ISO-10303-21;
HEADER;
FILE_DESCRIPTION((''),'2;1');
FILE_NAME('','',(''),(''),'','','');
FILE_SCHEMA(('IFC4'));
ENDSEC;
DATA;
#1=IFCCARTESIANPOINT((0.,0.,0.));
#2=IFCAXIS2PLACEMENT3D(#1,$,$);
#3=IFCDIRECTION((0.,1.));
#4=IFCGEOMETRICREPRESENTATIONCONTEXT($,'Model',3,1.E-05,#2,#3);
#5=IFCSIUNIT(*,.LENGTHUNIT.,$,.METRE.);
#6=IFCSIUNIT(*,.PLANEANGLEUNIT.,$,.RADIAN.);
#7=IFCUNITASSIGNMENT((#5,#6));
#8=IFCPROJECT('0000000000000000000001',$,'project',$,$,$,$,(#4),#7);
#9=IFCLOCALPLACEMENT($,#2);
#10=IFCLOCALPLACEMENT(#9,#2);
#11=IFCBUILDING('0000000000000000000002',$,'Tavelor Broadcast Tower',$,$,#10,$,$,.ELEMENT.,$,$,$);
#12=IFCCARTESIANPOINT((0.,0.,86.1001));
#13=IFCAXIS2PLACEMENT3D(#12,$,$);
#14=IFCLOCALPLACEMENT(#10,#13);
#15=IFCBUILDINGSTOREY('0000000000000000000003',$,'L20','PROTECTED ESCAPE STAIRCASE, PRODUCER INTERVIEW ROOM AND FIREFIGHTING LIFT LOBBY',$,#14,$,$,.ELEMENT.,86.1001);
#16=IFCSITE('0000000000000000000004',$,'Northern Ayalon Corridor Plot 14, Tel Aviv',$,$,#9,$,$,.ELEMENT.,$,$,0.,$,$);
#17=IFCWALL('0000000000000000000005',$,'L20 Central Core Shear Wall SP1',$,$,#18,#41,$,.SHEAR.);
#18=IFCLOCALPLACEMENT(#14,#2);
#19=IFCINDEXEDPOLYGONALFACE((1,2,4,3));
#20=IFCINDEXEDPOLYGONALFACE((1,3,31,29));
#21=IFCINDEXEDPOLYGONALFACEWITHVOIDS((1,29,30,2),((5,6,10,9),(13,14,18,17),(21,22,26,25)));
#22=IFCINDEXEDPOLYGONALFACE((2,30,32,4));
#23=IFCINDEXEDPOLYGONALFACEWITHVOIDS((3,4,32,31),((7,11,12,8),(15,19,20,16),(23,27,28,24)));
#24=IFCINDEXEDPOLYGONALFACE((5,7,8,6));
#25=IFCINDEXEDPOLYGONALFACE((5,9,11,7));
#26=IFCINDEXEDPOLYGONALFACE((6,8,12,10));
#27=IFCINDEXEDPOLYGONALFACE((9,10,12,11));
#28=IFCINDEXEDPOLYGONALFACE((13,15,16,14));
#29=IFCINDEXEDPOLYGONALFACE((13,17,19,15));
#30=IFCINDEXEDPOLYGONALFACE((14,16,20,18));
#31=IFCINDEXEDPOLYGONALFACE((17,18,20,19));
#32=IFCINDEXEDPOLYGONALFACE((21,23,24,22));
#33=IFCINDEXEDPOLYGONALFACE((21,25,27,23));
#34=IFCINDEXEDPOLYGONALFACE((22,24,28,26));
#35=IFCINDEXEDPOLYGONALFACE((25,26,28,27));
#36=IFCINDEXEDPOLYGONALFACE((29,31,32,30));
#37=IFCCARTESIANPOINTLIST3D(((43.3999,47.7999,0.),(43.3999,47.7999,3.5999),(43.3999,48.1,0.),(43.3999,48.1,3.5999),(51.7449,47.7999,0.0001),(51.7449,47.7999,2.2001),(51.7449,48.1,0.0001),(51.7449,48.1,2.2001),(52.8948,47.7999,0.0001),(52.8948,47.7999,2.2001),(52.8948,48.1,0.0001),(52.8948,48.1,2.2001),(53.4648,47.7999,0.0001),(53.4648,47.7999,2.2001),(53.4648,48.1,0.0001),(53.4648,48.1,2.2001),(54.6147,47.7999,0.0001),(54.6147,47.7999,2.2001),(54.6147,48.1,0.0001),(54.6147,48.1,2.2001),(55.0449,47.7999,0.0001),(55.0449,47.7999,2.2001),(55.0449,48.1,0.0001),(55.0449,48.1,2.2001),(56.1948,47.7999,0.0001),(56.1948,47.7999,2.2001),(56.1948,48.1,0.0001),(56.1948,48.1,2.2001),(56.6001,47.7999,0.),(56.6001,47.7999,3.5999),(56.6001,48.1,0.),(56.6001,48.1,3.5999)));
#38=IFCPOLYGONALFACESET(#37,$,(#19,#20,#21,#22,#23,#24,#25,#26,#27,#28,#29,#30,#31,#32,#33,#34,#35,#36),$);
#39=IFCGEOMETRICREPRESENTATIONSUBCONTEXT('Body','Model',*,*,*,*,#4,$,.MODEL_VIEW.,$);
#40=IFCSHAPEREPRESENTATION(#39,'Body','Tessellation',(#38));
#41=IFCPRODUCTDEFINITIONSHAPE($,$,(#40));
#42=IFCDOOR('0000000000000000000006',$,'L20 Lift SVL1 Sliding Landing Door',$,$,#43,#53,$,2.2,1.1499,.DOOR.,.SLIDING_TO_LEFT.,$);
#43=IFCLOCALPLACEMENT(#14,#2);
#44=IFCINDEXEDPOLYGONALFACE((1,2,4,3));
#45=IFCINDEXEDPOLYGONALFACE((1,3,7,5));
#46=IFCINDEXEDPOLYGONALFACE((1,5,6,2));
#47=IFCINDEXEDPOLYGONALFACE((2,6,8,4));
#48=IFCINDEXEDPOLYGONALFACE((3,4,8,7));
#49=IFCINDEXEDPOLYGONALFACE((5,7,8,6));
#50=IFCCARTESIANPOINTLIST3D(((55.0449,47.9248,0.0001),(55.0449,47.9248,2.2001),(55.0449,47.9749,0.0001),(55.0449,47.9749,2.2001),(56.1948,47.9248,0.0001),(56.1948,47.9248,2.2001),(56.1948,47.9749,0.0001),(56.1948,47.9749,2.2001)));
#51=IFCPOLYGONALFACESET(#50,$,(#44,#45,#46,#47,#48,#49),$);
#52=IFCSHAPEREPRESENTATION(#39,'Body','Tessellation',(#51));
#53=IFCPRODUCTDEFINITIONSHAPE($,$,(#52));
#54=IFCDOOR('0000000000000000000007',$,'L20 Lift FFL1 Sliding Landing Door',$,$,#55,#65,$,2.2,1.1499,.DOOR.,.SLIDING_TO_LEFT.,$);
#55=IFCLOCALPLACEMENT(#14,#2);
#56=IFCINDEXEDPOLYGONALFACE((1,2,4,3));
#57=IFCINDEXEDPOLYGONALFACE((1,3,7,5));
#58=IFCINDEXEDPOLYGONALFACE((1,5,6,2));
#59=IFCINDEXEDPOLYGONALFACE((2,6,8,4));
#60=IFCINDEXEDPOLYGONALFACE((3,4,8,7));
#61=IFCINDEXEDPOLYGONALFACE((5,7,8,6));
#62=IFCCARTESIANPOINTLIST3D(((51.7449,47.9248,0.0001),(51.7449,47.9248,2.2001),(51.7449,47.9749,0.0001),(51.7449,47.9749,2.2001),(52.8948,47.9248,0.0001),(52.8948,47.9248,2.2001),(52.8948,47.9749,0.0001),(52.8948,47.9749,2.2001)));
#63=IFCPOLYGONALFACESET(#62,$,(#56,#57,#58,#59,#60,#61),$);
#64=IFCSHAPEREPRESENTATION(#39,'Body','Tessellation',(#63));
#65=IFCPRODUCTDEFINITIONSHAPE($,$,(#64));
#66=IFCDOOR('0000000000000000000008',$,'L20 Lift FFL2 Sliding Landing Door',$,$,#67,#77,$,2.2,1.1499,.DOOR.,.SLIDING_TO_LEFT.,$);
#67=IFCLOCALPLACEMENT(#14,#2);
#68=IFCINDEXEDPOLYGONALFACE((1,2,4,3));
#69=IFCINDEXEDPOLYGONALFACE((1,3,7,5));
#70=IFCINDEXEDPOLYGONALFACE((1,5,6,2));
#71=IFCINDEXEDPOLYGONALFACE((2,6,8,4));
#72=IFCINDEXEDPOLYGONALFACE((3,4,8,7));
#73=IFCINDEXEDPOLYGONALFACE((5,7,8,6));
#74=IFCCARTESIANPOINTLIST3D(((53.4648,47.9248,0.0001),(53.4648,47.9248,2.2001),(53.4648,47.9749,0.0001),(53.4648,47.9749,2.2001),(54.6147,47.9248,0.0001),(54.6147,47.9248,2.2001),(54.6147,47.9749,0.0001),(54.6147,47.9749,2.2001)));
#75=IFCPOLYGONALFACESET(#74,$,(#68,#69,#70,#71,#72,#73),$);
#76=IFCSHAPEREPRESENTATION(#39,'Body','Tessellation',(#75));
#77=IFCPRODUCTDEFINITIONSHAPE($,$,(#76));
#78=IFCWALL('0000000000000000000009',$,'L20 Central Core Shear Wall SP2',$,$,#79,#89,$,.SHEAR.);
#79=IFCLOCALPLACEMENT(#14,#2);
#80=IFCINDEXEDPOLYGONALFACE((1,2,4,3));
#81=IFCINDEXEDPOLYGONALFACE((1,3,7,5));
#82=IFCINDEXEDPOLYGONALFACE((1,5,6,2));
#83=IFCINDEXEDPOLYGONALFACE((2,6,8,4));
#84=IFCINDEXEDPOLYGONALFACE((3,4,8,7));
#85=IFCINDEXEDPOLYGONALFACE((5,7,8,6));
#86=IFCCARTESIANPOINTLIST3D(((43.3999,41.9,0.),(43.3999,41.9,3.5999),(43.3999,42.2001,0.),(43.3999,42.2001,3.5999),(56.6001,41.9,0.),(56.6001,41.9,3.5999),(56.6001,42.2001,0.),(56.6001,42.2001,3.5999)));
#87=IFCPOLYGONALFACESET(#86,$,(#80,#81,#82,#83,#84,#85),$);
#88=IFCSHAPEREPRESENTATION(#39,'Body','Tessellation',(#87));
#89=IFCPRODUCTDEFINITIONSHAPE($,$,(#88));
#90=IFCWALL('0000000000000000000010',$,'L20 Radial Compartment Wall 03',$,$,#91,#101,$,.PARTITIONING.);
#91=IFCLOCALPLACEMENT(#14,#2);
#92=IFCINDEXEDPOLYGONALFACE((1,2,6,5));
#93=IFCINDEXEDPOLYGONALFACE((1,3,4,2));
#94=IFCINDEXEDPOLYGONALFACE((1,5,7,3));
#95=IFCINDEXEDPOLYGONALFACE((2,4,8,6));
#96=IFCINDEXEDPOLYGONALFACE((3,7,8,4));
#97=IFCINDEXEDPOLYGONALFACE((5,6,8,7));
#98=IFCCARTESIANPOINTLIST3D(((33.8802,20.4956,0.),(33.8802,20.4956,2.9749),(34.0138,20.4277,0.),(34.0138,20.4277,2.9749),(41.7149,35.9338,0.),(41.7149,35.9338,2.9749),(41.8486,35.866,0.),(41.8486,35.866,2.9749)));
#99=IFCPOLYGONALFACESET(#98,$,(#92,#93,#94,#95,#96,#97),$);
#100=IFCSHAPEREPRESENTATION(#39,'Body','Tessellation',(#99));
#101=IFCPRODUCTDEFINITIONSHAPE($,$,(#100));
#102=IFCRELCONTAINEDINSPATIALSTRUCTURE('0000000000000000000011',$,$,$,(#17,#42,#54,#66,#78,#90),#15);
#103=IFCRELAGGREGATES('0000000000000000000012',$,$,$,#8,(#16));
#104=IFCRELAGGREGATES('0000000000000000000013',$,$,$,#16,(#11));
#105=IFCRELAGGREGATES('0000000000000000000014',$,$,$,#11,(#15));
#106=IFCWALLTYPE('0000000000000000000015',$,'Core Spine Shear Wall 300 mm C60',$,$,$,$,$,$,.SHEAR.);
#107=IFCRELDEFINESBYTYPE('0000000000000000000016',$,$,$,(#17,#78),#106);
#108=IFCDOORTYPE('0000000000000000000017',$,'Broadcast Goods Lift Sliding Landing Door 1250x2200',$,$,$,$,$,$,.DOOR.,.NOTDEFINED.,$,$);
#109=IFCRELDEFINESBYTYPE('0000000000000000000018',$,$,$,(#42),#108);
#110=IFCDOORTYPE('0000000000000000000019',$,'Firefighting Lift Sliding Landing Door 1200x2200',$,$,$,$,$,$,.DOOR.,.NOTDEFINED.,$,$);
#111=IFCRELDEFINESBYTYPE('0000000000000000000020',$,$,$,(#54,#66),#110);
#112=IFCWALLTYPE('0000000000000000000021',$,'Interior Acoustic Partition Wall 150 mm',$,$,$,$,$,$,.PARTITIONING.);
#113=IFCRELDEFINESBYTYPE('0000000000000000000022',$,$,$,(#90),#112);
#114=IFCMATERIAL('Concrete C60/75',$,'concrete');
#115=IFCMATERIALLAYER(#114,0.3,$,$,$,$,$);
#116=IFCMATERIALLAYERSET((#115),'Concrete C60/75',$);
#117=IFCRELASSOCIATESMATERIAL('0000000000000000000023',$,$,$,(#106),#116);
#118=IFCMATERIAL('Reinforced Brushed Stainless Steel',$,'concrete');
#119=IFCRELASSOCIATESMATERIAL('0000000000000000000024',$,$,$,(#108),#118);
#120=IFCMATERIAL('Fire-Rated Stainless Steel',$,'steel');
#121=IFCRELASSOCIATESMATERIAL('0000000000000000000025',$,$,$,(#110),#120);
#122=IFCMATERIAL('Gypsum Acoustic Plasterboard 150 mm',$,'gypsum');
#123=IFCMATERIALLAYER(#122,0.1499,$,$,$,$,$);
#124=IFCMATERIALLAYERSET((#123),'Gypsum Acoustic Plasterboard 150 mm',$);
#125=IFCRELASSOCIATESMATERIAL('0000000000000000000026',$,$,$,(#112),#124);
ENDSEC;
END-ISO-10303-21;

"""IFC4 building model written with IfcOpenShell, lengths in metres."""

from ifc_helpers import new_model, si_unit, direction, frame, frame_2d, origin, place, context, subcontext, project, spatial, rectangle, extrude, material, layer, layer_set, type_object, element, fill, save


model = new_model("IFC4")

# Units and contexts
model_context = context("Model", 3, precision=1e-05, world=origin(), true_north=direction((0.0, 1.0)))
body_context = subcontext(model_context, "Body", "Model", "MODEL_VIEW")
ifc_project = project(units=[si_unit("LENGTHUNIT", "METRE"), si_unit("PLANEANGLEUNIT", "RADIAN")], contexts=[model_context])

# Site, building, storey
site_placement = place(None, origin())
site = spatial("IfcSite", under=ifc_project, at=site_placement, Name="Northern Ayalon Corridor Plot 14, Tel Aviv", CompositionType="ELEMENT", RefElevation=0.0)
building_placement = place(site_placement, origin())
building = spatial("IfcBuilding", under=site, at=building_placement, Name="Tavelor Broadcast Tower", CompositionType="ELEMENT")
storey_placement = place(building_placement, frame((0.0, 0.0, 86.1001)))
storey = spatial("IfcBuildingStorey", under=building, at=storey_placement, Name="L20", Description="PROTECTED ESCAPE STAIRCASE, PRODUCER INTERVIEW ROOM AND FIREFIGHTING LIFT LOBBY", CompositionType="ELEMENT", Elevation=86.1001)

# Shared definitions
ifc_material_1 = material(Name="Concrete C60/75", Category="concrete")

# Wall, openings, doors
ifc_layer_1 = layer(ifc_material_1, 0.3)
ifc_layer_set_1 = layer_set([ifc_layer_1], Name="Concrete C60/75")
wall_type_1 = type_object("IfcWallType", Name="Core Spine Shear Wall 300 mm C60", PredefinedType="SHEAR", material=ifc_layer_set_1)
wall_1_placement = place(storey_placement, frame((43.3999, 47.95, 0.0), z_axis=(0.0, 0.0, 1.0), x_axis=(1.0, 0.0, 0.0)))
wall_1 = element("IfcWall", 1, at=wall_1_placement, inside=storey, type_object=wall_type_1, Name="L20 Central Core Shear Wall SP1", PredefinedType="SHEAR", context=body_context, shape_type="SweptSolid", body=[
    extrude(rectangle(XDim=13.2002, YDim=0.3, at=frame_2d((6.6001, 0.0))), origin(), (0.0, 0.0, 1.0), 3.5999),
])
opening_1_placement = place(wall_1_placement, frame((8.345, 0.0, 0.0)))
opening_1 = element("IfcOpeningElement", 2, at=opening_1_placement, cuts=wall_1, PredefinedType="OPENING", context=body_context, shape_type="SweptSolid", body=[
    extrude(rectangle(XDim=1.1499, YDim=2.2, at=frame_2d((0.575, 1.1001))), frame((0.0, 0.1602, 0.0), z_axis=(0.0, -1.0, 0.0), x_axis=(1.0, 0.0, 0.0)), (0.0, 0.0, 1.0), 0.3201),
])
opening_2_placement = place(wall_1_placement, frame((10.0649, 0.0, 0.0)))
opening_2 = element("IfcOpeningElement", 3, at=opening_2_placement, cuts=wall_1, PredefinedType="OPENING", context=body_context, shape_type="SweptSolid", body=[
    extrude(rectangle(XDim=1.1499, YDim=2.2, at=frame_2d((0.575, 1.1001))), frame((0.0, 0.1602, 0.0), z_axis=(0.0, -1.0, 0.0), x_axis=(1.0, 0.0, 0.0)), (0.0, 0.0, 1.0), 0.3201),
])
opening_3_placement = place(wall_1_placement, frame((11.645, 0.0, 0.0)))
opening_3 = element("IfcOpeningElement", 4, at=opening_3_placement, cuts=wall_1, PredefinedType="OPENING", context=body_context, shape_type="SweptSolid", body=[
    extrude(rectangle(XDim=1.1499, YDim=2.2, at=frame_2d((0.575, 1.1001))), frame((0.0, 0.1602, 0.0), z_axis=(0.0, -1.0, 0.0), x_axis=(1.0, 0.0, 0.0)), (0.0, 0.0, 1.0), 0.3201),
])
ifc_material_2 = material(Name="Reinforced Brushed Stainless Steel", Category="concrete")
door_type_1 = type_object("IfcDoorType", Name="Broadcast Goods Lift Sliding Landing Door 1250x2200", OperationType="NOTDEFINED", PredefinedType="DOOR", material=ifc_material_2)
door_1_placement = place(opening_3_placement, origin())
door_1 = element("IfcDoor", 5, at=door_1_placement, inside=storey, type_object=door_type_1, Name="L20 Lift SVL1 Sliding Landing Door", OperationType="SLIDING_TO_LEFT", OverallHeight=2.2, OverallWidth=1.1499, PredefinedType="DOOR", context=body_context, shape_type="SweptSolid", body=[
    extrude(rectangle(XDim=1.1499, YDim=2.2, at=frame_2d((0.575, 1.1001))), frame((0.0, 0.0249, 0.0), z_axis=(0.0, -1.0, 0.0), x_axis=(1.0, 0.0, 0.0)), (0.0, 0.0, 1.0), 0.05),
])
fill(opening_3, door_1)
ifc_material_3 = material(Name="Fire-Rated Stainless Steel", Category="steel")
door_type_2 = type_object("IfcDoorType", Name="Firefighting Lift Sliding Landing Door 1200x2200", OperationType="NOTDEFINED", PredefinedType="DOOR", material=ifc_material_3)
door_2_placement = place(opening_1_placement, origin())
door_2 = element("IfcDoor", 6, at=door_2_placement, inside=storey, type_object=door_type_2, Name="L20 Lift FFL1 Sliding Landing Door", OperationType="SLIDING_TO_LEFT", OverallHeight=2.2, OverallWidth=1.1499, PredefinedType="DOOR", context=body_context, shape_type="SweptSolid", body=[
    extrude(rectangle(XDim=1.1499, YDim=2.2, at=frame_2d((0.575, 1.1001))), frame((0.0, 0.0249, 0.0), z_axis=(0.0, -1.0, 0.0), x_axis=(1.0, 0.0, 0.0)), (0.0, 0.0, 1.0), 0.05),
])
fill(opening_1, door_2)
door_3_placement = place(opening_2_placement, origin())
door_3 = element("IfcDoor", 7, at=door_3_placement, inside=storey, type_object=door_type_2, Name="L20 Lift FFL2 Sliding Landing Door", OperationType="SLIDING_TO_LEFT", OverallHeight=2.2, OverallWidth=1.1499, PredefinedType="DOOR", context=body_context, shape_type="SweptSolid", body=[
    extrude(rectangle(XDim=1.1499, YDim=2.2, at=frame_2d((0.575, 1.1001))), frame((0.0, 0.0249, 0.0), z_axis=(0.0, -1.0, 0.0), x_axis=(1.0, 0.0, 0.0)), (0.0, 0.0, 1.0), 0.05),
])
fill(opening_2, door_3)

# Walls
wall_2_placement = place(storey_placement, frame((43.3999, 42.05, 0.0), z_axis=(0.0, 0.0, 1.0), x_axis=(1.0, 0.0, 0.0)))
element("IfcWall", 8, at=wall_2_placement, inside=storey, type_object=wall_type_1, Name="L20 Central Core Shear Wall SP2", PredefinedType="SHEAR", context=body_context, shape_type="SweptSolid", body=[
    extrude(rectangle(XDim=13.2002, YDim=0.3, at=frame_2d((6.6001, 0.0))), origin(), (0.0, 0.0, 1.0), 3.5999),
])
ifc_material_4 = material(Name="Gypsum Acoustic Plasterboard 150 mm", Category="gypsum")
ifc_layer_2 = layer(ifc_material_4, 0.1499)
ifc_layer_set_2 = layer_set([ifc_layer_2], Name="Gypsum Acoustic Plasterboard 150 mm")
wall_type_2 = type_object("IfcWallType", Name="Interior Acoustic Partition Wall 150 mm", PredefinedType="PARTITIONING", material=ifc_layer_set_2)
wall_3_placement = place(storey_placement, frame((41.7817, 35.8999, 0.0), z_axis=(0.0, 0.0, 1.0), x_axis=(-0.452547, -0.89174, 0.0)))
element("IfcWall", 9, at=wall_3_placement, inside=storey, type_object=wall_type_2, Name="L20 Radial Compartment Wall 03", PredefinedType="PARTITIONING", context=body_context, shape_type="SweptSolid", body=[
    extrude(rectangle(XDim=17.3125, YDim=0.1499, at=frame_2d((8.6562, 0.0))), origin(), (0.0, 0.0, 1.0), 2.9749),
])

save(model, "model.ifc")
